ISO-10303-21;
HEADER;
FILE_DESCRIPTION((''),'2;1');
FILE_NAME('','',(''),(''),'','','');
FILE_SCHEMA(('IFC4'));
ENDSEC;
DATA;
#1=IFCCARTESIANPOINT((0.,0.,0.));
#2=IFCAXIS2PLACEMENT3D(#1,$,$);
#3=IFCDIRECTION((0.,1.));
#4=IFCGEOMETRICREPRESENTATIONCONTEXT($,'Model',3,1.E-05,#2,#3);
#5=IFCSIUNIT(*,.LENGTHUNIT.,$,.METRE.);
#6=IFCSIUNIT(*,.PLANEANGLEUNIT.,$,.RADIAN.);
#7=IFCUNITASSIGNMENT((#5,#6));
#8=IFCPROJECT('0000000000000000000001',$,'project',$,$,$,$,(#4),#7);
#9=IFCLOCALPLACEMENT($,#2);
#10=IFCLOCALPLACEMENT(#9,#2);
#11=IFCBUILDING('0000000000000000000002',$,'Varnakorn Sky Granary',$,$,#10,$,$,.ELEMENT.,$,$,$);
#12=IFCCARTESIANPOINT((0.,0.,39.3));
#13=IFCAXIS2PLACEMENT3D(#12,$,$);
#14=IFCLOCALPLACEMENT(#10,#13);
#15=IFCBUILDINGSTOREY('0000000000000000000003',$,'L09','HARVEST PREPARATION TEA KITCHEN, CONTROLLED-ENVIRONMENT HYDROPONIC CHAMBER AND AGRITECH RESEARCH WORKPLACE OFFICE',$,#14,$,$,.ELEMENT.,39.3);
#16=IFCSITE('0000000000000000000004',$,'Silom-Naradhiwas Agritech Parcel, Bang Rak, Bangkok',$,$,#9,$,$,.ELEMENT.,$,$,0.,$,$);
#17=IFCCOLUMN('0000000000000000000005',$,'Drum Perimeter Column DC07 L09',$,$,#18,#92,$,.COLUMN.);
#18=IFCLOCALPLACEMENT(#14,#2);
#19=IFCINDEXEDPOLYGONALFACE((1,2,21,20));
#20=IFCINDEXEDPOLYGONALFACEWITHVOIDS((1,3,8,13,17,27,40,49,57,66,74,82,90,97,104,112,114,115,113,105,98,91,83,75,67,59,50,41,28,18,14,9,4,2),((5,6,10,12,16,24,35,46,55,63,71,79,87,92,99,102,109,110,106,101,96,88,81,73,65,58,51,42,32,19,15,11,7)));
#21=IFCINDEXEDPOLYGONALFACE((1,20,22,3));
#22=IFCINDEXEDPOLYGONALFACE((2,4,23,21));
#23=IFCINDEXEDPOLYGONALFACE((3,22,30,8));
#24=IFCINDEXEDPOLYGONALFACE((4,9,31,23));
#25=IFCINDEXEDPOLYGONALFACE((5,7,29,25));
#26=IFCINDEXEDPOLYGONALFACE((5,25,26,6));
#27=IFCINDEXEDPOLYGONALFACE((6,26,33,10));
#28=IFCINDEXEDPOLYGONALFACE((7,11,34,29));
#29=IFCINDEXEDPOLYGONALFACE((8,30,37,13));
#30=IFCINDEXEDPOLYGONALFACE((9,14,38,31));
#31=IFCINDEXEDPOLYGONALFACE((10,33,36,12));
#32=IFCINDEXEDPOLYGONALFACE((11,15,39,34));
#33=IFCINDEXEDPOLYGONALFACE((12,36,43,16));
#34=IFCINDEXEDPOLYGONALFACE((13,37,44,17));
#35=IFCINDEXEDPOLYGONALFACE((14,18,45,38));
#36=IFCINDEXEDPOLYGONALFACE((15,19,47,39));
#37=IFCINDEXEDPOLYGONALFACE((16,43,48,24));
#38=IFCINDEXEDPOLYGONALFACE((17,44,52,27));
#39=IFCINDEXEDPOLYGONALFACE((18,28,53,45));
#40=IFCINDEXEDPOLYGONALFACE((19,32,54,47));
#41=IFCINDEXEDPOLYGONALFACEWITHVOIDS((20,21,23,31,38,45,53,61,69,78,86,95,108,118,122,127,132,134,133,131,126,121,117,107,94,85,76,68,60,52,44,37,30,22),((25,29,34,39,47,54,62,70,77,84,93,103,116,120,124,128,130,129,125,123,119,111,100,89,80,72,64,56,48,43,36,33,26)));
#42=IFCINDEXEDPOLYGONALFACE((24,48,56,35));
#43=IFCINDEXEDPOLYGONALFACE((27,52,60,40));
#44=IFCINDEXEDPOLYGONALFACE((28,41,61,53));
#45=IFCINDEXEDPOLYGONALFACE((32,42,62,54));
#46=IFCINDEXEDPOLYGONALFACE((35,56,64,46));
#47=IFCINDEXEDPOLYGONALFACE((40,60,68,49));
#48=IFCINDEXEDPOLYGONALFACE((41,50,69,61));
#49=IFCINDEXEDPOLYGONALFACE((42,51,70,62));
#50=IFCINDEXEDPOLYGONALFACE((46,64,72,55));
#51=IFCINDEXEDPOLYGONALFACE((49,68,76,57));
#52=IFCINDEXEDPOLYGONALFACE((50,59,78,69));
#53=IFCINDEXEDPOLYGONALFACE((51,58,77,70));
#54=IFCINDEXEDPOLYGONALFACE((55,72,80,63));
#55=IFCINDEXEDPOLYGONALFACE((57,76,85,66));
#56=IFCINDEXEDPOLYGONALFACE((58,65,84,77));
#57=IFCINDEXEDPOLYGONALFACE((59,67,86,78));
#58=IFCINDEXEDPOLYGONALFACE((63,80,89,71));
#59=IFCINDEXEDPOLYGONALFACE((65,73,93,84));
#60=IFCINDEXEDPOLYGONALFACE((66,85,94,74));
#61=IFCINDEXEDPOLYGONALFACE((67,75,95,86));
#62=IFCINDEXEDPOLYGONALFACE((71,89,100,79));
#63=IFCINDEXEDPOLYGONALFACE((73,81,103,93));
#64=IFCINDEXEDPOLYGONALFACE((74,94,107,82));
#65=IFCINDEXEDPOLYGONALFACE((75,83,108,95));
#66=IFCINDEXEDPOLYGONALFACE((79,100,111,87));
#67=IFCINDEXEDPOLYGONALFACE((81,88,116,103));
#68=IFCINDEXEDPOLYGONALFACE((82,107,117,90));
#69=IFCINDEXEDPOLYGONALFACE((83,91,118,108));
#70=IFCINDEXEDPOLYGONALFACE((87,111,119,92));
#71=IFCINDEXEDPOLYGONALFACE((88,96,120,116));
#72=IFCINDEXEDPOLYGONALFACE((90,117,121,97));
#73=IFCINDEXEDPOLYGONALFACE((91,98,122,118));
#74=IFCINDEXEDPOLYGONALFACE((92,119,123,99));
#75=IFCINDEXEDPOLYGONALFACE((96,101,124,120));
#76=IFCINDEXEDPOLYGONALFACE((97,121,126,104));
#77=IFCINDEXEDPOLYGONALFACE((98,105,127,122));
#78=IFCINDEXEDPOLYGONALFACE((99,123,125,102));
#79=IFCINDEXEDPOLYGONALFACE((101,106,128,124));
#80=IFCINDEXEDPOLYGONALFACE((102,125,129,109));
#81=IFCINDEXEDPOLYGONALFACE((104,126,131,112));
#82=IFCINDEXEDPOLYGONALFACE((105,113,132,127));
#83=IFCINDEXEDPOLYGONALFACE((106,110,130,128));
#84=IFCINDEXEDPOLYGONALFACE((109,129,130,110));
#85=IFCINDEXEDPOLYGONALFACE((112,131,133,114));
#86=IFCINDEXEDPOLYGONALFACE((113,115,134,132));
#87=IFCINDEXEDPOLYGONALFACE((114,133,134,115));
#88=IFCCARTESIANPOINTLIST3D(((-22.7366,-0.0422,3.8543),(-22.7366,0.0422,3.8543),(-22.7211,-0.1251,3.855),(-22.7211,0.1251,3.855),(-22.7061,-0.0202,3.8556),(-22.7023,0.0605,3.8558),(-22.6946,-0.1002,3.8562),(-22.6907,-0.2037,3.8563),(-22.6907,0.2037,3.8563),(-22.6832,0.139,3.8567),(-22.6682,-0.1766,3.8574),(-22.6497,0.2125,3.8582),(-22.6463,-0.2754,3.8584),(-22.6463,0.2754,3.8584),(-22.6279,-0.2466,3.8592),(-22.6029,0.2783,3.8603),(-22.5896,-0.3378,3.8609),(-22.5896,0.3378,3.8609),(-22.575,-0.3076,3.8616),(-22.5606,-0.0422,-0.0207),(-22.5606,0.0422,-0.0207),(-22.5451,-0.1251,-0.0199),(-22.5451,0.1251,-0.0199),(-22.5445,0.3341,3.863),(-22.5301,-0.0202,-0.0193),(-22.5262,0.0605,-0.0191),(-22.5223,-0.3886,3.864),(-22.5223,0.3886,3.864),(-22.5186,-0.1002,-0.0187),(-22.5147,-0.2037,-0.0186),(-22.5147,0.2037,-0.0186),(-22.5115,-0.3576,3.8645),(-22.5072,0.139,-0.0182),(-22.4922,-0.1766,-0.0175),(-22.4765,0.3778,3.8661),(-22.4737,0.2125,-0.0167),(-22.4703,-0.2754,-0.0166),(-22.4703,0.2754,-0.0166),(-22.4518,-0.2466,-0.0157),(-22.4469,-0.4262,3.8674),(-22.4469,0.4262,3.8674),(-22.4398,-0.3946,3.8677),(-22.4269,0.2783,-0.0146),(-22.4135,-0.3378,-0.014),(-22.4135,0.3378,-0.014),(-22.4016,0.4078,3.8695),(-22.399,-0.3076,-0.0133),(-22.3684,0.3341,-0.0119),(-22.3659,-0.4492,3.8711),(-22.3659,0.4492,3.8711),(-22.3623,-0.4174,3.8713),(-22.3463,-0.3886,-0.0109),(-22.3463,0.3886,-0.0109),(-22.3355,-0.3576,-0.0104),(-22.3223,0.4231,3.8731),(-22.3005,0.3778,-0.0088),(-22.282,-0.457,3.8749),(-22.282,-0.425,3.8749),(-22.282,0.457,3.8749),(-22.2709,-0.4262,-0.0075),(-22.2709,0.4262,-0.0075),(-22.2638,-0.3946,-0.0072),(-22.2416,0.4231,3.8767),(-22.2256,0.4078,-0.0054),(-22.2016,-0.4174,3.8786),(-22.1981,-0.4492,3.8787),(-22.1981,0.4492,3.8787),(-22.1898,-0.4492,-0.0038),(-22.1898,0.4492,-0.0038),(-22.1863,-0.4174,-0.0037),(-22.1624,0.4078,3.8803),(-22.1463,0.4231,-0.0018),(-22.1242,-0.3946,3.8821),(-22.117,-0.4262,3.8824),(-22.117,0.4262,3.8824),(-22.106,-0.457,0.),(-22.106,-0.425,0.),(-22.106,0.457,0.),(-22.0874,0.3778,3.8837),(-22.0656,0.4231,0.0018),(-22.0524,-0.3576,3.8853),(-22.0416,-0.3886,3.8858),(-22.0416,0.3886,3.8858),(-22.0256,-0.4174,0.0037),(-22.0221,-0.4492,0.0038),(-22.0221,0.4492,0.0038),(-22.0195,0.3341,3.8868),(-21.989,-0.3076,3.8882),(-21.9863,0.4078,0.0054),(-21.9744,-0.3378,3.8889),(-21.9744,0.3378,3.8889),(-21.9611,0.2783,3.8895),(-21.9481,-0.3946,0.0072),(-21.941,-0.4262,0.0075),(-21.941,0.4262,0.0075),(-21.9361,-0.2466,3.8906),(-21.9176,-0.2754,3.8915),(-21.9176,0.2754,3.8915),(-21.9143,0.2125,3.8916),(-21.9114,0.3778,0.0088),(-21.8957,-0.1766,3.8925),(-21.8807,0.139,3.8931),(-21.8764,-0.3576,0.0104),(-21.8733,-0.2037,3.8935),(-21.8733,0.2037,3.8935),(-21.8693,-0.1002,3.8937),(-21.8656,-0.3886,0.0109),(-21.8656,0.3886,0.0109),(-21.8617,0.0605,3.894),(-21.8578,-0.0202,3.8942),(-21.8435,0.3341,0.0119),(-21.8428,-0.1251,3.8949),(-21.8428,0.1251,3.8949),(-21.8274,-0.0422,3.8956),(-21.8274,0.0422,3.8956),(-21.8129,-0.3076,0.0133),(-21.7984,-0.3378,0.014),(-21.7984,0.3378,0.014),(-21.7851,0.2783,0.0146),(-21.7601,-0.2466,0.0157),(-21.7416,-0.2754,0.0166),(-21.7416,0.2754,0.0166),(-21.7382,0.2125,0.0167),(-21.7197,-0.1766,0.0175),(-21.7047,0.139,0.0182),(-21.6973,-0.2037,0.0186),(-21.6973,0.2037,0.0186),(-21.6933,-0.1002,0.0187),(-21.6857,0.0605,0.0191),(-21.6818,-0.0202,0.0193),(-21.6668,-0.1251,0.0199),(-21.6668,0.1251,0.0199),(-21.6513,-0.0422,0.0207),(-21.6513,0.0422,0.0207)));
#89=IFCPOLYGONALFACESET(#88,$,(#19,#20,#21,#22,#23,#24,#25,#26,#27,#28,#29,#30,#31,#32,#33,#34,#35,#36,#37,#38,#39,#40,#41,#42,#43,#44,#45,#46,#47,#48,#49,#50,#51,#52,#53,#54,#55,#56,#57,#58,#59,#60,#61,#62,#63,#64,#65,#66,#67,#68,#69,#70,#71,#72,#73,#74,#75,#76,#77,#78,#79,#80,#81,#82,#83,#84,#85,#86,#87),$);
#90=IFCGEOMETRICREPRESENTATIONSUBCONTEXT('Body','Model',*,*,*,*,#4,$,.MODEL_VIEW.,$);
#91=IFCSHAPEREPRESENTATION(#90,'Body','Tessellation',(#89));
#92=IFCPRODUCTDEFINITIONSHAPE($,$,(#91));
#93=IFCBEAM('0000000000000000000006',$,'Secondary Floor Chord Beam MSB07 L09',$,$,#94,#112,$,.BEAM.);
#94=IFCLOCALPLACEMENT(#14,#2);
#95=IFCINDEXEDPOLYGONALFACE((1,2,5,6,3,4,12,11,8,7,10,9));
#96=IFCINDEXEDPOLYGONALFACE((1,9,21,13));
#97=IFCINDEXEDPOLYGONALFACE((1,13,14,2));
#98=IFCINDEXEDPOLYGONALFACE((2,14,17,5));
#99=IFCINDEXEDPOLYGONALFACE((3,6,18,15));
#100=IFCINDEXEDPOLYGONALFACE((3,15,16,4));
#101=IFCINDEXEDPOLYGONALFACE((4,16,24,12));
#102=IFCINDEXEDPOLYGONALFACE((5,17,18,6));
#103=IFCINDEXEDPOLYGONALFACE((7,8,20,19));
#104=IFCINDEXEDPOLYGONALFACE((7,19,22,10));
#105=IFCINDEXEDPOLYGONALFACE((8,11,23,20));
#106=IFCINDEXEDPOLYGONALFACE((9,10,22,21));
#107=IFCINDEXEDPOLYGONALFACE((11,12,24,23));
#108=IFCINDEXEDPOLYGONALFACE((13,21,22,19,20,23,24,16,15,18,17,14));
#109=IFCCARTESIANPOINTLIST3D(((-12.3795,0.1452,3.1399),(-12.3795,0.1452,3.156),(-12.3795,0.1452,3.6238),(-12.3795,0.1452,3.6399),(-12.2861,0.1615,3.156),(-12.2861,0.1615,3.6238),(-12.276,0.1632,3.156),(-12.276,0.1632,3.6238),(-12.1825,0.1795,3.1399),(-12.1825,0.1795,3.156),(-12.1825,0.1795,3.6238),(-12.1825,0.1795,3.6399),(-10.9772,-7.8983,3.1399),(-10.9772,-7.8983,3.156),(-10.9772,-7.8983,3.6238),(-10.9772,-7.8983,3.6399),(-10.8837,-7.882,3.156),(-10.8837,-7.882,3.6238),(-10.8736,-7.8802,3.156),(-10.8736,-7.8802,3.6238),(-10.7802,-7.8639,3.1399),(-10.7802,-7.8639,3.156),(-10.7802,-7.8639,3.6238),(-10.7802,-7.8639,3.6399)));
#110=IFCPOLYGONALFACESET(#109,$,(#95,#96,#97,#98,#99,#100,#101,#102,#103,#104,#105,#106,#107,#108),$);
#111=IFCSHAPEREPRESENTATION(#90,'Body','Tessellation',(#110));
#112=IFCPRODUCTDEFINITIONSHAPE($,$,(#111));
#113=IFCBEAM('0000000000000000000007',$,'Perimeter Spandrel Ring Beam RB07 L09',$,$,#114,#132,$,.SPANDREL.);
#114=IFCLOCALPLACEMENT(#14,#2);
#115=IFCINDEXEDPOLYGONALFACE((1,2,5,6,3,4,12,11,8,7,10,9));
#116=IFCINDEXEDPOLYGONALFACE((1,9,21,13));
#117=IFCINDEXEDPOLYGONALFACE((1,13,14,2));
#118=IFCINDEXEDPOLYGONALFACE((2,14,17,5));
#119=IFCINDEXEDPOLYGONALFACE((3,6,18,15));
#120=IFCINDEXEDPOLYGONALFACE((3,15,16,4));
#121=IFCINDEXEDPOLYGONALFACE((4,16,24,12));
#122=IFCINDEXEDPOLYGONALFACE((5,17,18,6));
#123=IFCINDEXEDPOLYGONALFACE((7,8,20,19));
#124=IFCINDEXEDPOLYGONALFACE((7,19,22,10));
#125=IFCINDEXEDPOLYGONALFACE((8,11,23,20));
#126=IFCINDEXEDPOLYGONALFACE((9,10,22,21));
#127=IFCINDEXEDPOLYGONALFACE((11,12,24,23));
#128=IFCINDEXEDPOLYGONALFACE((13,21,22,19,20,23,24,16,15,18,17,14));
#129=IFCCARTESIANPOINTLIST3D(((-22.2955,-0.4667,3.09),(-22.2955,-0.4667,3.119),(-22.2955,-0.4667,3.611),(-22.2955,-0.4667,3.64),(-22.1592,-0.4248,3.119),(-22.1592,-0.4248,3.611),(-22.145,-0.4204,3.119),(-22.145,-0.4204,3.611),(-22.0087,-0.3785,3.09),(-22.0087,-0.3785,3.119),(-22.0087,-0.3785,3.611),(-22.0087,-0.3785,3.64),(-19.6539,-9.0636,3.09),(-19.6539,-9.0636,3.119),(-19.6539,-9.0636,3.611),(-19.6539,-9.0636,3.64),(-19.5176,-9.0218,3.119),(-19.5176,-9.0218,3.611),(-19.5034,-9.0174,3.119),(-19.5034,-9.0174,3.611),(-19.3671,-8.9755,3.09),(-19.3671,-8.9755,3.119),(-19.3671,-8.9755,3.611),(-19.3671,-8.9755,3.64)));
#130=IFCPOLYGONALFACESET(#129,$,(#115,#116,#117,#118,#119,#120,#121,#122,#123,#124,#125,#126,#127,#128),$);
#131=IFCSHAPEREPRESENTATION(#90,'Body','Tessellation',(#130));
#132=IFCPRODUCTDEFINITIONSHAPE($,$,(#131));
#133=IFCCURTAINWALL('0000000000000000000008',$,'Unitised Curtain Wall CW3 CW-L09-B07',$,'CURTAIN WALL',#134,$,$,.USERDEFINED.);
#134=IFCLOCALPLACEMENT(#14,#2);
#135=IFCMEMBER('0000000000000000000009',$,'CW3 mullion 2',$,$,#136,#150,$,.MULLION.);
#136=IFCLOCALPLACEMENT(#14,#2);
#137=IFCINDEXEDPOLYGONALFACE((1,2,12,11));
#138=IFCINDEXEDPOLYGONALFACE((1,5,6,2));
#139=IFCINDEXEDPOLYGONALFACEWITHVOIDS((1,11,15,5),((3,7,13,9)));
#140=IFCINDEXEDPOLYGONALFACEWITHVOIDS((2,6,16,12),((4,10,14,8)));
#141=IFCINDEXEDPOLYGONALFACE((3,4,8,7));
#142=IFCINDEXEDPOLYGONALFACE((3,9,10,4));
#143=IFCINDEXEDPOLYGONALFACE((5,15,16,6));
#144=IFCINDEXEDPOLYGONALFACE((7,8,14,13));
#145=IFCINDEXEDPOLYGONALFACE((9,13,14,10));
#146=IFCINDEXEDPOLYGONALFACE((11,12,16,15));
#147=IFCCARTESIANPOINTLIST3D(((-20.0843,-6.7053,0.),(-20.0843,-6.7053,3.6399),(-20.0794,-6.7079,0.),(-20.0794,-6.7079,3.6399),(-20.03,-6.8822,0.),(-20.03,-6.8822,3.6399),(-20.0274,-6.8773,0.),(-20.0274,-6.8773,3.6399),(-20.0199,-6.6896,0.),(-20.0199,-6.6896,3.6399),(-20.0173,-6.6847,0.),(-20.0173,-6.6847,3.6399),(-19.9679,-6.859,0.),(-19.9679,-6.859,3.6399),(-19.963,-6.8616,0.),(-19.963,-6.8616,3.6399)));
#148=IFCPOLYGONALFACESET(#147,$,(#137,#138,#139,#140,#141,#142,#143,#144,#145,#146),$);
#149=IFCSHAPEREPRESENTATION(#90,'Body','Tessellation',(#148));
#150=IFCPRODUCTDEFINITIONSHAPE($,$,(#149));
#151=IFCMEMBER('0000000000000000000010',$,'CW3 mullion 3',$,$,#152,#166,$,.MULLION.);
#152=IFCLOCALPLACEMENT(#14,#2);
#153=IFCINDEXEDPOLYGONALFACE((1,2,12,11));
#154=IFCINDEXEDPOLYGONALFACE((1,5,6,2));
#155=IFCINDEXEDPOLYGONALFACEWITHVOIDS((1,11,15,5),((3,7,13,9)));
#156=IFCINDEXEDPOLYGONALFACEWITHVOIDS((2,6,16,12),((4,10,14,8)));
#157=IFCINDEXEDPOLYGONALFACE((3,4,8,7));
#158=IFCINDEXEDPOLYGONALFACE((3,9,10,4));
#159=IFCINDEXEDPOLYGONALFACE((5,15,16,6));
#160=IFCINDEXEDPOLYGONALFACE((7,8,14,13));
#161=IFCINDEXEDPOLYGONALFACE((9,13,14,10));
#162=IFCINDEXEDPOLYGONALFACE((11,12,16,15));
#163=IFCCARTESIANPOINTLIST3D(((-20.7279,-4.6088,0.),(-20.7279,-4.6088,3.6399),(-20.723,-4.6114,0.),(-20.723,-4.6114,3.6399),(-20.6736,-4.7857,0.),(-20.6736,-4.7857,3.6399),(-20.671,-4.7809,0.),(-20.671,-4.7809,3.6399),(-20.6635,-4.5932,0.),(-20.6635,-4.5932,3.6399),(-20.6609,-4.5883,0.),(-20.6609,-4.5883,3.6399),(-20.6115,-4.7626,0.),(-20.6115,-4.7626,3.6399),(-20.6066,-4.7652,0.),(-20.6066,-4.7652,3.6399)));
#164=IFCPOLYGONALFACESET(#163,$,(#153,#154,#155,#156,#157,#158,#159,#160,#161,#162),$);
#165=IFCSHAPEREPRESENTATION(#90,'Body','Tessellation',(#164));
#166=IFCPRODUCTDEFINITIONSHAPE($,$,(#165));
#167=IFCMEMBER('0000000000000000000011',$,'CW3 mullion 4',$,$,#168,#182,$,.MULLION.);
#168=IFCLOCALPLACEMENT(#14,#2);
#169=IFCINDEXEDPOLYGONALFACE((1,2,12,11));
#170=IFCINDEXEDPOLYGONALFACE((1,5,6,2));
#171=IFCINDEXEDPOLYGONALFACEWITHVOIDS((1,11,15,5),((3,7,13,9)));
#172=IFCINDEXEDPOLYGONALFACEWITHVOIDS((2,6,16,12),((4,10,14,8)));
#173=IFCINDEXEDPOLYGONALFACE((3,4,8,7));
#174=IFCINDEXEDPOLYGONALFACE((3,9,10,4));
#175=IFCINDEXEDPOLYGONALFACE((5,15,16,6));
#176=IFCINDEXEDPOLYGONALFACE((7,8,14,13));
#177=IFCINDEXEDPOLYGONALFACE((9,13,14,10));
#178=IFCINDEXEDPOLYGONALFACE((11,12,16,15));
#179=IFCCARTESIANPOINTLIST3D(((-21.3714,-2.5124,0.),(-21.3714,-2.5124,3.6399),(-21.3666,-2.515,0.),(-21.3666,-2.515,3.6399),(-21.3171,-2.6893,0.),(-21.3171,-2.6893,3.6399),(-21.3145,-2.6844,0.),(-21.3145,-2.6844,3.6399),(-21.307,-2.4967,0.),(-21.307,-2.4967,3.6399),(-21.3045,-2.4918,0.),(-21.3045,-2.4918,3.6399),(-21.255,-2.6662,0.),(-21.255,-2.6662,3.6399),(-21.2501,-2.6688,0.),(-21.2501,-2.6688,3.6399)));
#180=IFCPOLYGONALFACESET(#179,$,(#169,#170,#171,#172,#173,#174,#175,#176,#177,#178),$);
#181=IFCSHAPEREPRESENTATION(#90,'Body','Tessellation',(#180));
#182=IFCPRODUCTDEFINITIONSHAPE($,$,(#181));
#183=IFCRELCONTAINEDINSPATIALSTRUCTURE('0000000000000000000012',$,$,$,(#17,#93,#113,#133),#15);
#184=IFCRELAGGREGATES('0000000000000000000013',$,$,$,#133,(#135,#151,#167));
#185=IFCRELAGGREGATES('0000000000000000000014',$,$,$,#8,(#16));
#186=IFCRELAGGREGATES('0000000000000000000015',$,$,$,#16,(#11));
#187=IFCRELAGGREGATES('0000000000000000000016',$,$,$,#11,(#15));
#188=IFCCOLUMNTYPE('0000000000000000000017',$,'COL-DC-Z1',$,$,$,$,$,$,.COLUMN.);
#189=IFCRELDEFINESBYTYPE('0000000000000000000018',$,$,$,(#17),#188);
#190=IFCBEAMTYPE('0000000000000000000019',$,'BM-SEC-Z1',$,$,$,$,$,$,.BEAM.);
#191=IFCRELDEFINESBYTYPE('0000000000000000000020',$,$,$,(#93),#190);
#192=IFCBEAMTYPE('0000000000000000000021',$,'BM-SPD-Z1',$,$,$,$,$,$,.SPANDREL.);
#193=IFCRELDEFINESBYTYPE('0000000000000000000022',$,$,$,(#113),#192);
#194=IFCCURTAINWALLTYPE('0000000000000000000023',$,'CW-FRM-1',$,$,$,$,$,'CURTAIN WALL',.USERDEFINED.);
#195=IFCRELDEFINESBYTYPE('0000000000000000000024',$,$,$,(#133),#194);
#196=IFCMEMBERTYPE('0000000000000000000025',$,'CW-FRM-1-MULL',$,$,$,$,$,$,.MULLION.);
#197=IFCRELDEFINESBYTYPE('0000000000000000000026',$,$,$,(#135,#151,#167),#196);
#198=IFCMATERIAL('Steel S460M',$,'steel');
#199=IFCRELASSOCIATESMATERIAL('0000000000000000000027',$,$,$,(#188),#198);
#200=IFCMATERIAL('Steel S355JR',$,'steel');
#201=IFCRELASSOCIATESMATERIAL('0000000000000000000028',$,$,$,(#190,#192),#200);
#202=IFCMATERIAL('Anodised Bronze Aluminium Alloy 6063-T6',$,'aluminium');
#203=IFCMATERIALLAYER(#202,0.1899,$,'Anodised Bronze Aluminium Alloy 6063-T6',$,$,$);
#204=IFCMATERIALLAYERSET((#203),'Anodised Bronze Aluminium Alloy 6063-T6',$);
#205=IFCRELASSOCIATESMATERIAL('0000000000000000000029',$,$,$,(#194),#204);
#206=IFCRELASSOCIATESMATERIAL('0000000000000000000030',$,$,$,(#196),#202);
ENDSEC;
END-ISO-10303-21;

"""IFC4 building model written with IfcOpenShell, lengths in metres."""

from ifc_helpers import new_model, si_unit, direction, frame, origin, origin_2d, place, context, subcontext, project, spatial, hollow_rectangle, hollow_circle, i_section, extrude, material, layer, layer_set, material_profile, profile_set, type_object, element, aggregate, save


model = new_model("IFC4")

# Units and contexts
model_context = context("Model", 3, precision=1e-05, world=origin(), true_north=direction((0.0, 1.0)))
body_context = subcontext(model_context, "Body", "Model", "MODEL_VIEW")
ifc_project = project(units=[si_unit("LENGTHUNIT", "METRE"), si_unit("PLANEANGLEUNIT", "RADIAN")], contexts=[model_context])

# Site, building, storey
site_placement = place(None, origin())
site = spatial("IfcSite", under=ifc_project, at=site_placement, Name="Silom-Naradhiwas Agritech Parcel, Bang Rak, Bangkok", CompositionType="ELEMENT", RefElevation=0.0)
building_placement = place(site_placement, origin())
building = spatial("IfcBuilding", under=site, at=building_placement, Name="Varnakorn Sky Granary", CompositionType="ELEMENT")
storey_placement = place(building_placement, frame((0.0, 0.0, 39.3)))
storey = spatial("IfcBuildingStorey", under=building, at=storey_placement, Name="L09", Description="HARVEST PREPARATION TEA KITCHEN, CONTROLLED-ENVIRONMENT HYDROPONIC CHAMBER AND AGRITECH RESEARCH WORKPLACE OFFICE", CompositionType="ELEMENT", Elevation=39.3)

# Column
ifc_material_1 = material(Name="Steel S460M", Category="steel")
ifc_material_profile_1 = material_profile(ifc_material_1, hollow_circle(Radius=0.457, WallThickness=0.032, at=origin_2d()), Name="CHS 914x32")
ifc_profile_set_1 = profile_set([ifc_material_profile_1], Name="Steel S460M")
column_type = type_object("IfcColumnType", Name="COL-DC-Z1", PredefinedType="COLUMN", material=ifc_profile_set_1)
column_placement = place(storey_placement, frame((-22.106, 0.0, 0.0), z_axis=(-0.045379, 0.0, 0.99897), x_axis=(0.0, -1.0, 0.0)))
element("IfcColumn", 1, at=column_placement, inside=storey, type_object=column_type, Name="Drum Perimeter Column DC07 L09", PredefinedType="COLUMN", context=body_context, shape_type="SweptSolid", body=[
    extrude(hollow_circle(Radius=0.457, WallThickness=0.032, at=origin_2d()), origin(), (0.0, 0.0, 1.0), 3.8789),
])

# Beams
ifc_material_2 = material(Name="Steel S355JR", Category="steel")
ifc_material_profile_2 = material_profile(ifc_material_2, i_section(OverallWidth=0.2, OverallDepth=0.5, WebThickness=0.0103, FlangeThickness=0.0161, at=origin_2d()), Name="IPE 500")
ifc_profile_set_2 = profile_set([ifc_material_profile_2], Name="Steel S355JR")
beam_type_1 = type_object("IfcBeamType", Name="BM-SEC-Z1", PredefinedType="BEAM", material=ifc_profile_set_2)
beam_1_placement = place(storey_placement, frame((-12.281, 0.1624, 3.3899), z_axis=(0.171755, -0.98514, 0.0), x_axis=(0.98514, 0.171755, 0.0)))
element("IfcBeam", 2, at=beam_1_placement, inside=storey, type_object=beam_type_1, Name="Secondary Floor Chord Beam MSB07 L09", PredefinedType="BEAM", context=body_context, shape_type="SweptSolid", body=[
    extrude(i_section(OverallWidth=0.2, OverallDepth=0.5, WebThickness=0.0103, FlangeThickness=0.0161, at=origin_2d()), origin(), (0.0, 0.0, 1.0), 8.1648),
])
ifc_material_profile_3 = material_profile(ifc_material_2, i_section(OverallWidth=0.3, OverallDepth=0.55, WebThickness=0.0149, FlangeThickness=0.0291, at=origin_2d()), Name="HE 550 B")
ifc_profile_set_3 = profile_set([ifc_material_profile_3], Name="Steel S355JR")
beam_type_2 = type_object("IfcBeamType", Name="BM-SPD-Z1", PredefinedType="SPANDREL", material=ifc_profile_set_3)
beam_2_placement = place(storey_placement, frame((-22.1521, -0.4226, 3.365), z_axis=(0.29372, -0.955892, 0.0), x_axis=(0.955892, 0.29372, 0.0)))
element("IfcBeam", 3, at=beam_2_placement, inside=storey, type_object=beam_type_2, Name="Perimeter Spandrel Ring Beam RB07 L09", PredefinedType="SPANDREL", context=body_context, shape_type="SweptSolid", body=[
    extrude(i_section(OverallWidth=0.3, OverallDepth=0.55, WebThickness=0.0149, FlangeThickness=0.0291, at=origin_2d()), origin(), (0.0, 0.0, 1.0), 8.9937),
])

# Curtain wall, members
ifc_material_3 = material(Name="Anodised Bronze Aluminium Alloy 6063-T6", Category="aluminium")
ifc_layer_1 = layer(ifc_material_3, 0.1899, Name="Anodised Bronze Aluminium Alloy 6063-T6")
ifc_layer_set_1 = layer_set([ifc_layer_1], Name="Anodised Bronze Aluminium Alloy 6063-T6")
curtain_wall_type = type_object("IfcCurtainWallType", Name="CW-FRM-1", ElementType="CURTAIN WALL", PredefinedType="USERDEFINED", material=ifc_layer_set_1)
curtain_wall_placement = place(storey_placement, origin())
curtain_wall = element("IfcCurtainWall", 4, at=curtain_wall_placement, inside=storey, type_object=curtain_wall_type, Name="Unitised Curtain Wall CW3 CW-L09-B07", ObjectType="CURTAIN WALL", PredefinedType="USERDEFINED")
ifc_material_profile_4 = material_profile(ifc_material_3, hollow_rectangle(XDim=0.0701, YDim=0.1851, WallThickness=0.0039, at=origin_2d()), Name="ALU MULL 70x185")
ifc_profile_set_4 = profile_set([ifc_material_profile_4], Name="Anodised Bronze Aluminium Alloy 6063-T6")
member_type_1 = type_object("IfcMemberType", Name="CW-FRM-1-MULL", PredefinedType="MULLION", material=ifc_profile_set_4)
member_1_placement = place(storey_placement, frame((-20.0237, -6.7834, 0.0), z_axis=(0.0, 0.0, 1.0), x_axis=(-0.955971, -0.293463, 0.0)))
member_1 = element("IfcMember", 5, at=member_1_placement, type_object=member_type_1, Name="CW3 mullion 2", PredefinedType="MULLION", context=body_context, shape_type="SweptSolid", body=[
    extrude(hollow_rectangle(XDim=0.0701, YDim=0.1851, WallThickness=0.0039, at=origin_2d()), origin(), (0.0, 0.0, 1.0), 3.6399),
])
member_2_placement = place(storey_placement, frame((-20.6672, -4.687, 0.0), z_axis=(0.0, 0.0, 1.0), x_axis=(-0.955971, -0.293463, 0.0)))
member_2 = element("IfcMember", 6, at=member_2_placement, type_object=member_type_1, Name="CW3 mullion 3", PredefinedType="MULLION", context=body_context, shape_type="SweptSolid", body=[
    extrude(hollow_rectangle(XDim=0.0701, YDim=0.1851, WallThickness=0.0039, at=origin_2d()), origin(), (0.0, 0.0, 1.0), 3.6399),
])
member_3_placement = place(storey_placement, frame((-21.3108, -2.5906, 0.0), z_axis=(0.0, 0.0, 1.0), x_axis=(-0.955971, -0.293463, 0.0)))
member_3 = element("IfcMember", 7, at=member_3_placement, type_object=member_type_1, Name="CW3 mullion 4", PredefinedType="MULLION", context=body_context, shape_type="SweptSolid", body=[
    extrude(hollow_rectangle(XDim=0.0701, YDim=0.1851, WallThickness=0.0039, at=origin_2d()), origin(), (0.0, 0.0, 1.0), 3.6399),
])

aggregate(curtain_wall, [member_1, member_2, member_3])

save(model, "model.ifc")
